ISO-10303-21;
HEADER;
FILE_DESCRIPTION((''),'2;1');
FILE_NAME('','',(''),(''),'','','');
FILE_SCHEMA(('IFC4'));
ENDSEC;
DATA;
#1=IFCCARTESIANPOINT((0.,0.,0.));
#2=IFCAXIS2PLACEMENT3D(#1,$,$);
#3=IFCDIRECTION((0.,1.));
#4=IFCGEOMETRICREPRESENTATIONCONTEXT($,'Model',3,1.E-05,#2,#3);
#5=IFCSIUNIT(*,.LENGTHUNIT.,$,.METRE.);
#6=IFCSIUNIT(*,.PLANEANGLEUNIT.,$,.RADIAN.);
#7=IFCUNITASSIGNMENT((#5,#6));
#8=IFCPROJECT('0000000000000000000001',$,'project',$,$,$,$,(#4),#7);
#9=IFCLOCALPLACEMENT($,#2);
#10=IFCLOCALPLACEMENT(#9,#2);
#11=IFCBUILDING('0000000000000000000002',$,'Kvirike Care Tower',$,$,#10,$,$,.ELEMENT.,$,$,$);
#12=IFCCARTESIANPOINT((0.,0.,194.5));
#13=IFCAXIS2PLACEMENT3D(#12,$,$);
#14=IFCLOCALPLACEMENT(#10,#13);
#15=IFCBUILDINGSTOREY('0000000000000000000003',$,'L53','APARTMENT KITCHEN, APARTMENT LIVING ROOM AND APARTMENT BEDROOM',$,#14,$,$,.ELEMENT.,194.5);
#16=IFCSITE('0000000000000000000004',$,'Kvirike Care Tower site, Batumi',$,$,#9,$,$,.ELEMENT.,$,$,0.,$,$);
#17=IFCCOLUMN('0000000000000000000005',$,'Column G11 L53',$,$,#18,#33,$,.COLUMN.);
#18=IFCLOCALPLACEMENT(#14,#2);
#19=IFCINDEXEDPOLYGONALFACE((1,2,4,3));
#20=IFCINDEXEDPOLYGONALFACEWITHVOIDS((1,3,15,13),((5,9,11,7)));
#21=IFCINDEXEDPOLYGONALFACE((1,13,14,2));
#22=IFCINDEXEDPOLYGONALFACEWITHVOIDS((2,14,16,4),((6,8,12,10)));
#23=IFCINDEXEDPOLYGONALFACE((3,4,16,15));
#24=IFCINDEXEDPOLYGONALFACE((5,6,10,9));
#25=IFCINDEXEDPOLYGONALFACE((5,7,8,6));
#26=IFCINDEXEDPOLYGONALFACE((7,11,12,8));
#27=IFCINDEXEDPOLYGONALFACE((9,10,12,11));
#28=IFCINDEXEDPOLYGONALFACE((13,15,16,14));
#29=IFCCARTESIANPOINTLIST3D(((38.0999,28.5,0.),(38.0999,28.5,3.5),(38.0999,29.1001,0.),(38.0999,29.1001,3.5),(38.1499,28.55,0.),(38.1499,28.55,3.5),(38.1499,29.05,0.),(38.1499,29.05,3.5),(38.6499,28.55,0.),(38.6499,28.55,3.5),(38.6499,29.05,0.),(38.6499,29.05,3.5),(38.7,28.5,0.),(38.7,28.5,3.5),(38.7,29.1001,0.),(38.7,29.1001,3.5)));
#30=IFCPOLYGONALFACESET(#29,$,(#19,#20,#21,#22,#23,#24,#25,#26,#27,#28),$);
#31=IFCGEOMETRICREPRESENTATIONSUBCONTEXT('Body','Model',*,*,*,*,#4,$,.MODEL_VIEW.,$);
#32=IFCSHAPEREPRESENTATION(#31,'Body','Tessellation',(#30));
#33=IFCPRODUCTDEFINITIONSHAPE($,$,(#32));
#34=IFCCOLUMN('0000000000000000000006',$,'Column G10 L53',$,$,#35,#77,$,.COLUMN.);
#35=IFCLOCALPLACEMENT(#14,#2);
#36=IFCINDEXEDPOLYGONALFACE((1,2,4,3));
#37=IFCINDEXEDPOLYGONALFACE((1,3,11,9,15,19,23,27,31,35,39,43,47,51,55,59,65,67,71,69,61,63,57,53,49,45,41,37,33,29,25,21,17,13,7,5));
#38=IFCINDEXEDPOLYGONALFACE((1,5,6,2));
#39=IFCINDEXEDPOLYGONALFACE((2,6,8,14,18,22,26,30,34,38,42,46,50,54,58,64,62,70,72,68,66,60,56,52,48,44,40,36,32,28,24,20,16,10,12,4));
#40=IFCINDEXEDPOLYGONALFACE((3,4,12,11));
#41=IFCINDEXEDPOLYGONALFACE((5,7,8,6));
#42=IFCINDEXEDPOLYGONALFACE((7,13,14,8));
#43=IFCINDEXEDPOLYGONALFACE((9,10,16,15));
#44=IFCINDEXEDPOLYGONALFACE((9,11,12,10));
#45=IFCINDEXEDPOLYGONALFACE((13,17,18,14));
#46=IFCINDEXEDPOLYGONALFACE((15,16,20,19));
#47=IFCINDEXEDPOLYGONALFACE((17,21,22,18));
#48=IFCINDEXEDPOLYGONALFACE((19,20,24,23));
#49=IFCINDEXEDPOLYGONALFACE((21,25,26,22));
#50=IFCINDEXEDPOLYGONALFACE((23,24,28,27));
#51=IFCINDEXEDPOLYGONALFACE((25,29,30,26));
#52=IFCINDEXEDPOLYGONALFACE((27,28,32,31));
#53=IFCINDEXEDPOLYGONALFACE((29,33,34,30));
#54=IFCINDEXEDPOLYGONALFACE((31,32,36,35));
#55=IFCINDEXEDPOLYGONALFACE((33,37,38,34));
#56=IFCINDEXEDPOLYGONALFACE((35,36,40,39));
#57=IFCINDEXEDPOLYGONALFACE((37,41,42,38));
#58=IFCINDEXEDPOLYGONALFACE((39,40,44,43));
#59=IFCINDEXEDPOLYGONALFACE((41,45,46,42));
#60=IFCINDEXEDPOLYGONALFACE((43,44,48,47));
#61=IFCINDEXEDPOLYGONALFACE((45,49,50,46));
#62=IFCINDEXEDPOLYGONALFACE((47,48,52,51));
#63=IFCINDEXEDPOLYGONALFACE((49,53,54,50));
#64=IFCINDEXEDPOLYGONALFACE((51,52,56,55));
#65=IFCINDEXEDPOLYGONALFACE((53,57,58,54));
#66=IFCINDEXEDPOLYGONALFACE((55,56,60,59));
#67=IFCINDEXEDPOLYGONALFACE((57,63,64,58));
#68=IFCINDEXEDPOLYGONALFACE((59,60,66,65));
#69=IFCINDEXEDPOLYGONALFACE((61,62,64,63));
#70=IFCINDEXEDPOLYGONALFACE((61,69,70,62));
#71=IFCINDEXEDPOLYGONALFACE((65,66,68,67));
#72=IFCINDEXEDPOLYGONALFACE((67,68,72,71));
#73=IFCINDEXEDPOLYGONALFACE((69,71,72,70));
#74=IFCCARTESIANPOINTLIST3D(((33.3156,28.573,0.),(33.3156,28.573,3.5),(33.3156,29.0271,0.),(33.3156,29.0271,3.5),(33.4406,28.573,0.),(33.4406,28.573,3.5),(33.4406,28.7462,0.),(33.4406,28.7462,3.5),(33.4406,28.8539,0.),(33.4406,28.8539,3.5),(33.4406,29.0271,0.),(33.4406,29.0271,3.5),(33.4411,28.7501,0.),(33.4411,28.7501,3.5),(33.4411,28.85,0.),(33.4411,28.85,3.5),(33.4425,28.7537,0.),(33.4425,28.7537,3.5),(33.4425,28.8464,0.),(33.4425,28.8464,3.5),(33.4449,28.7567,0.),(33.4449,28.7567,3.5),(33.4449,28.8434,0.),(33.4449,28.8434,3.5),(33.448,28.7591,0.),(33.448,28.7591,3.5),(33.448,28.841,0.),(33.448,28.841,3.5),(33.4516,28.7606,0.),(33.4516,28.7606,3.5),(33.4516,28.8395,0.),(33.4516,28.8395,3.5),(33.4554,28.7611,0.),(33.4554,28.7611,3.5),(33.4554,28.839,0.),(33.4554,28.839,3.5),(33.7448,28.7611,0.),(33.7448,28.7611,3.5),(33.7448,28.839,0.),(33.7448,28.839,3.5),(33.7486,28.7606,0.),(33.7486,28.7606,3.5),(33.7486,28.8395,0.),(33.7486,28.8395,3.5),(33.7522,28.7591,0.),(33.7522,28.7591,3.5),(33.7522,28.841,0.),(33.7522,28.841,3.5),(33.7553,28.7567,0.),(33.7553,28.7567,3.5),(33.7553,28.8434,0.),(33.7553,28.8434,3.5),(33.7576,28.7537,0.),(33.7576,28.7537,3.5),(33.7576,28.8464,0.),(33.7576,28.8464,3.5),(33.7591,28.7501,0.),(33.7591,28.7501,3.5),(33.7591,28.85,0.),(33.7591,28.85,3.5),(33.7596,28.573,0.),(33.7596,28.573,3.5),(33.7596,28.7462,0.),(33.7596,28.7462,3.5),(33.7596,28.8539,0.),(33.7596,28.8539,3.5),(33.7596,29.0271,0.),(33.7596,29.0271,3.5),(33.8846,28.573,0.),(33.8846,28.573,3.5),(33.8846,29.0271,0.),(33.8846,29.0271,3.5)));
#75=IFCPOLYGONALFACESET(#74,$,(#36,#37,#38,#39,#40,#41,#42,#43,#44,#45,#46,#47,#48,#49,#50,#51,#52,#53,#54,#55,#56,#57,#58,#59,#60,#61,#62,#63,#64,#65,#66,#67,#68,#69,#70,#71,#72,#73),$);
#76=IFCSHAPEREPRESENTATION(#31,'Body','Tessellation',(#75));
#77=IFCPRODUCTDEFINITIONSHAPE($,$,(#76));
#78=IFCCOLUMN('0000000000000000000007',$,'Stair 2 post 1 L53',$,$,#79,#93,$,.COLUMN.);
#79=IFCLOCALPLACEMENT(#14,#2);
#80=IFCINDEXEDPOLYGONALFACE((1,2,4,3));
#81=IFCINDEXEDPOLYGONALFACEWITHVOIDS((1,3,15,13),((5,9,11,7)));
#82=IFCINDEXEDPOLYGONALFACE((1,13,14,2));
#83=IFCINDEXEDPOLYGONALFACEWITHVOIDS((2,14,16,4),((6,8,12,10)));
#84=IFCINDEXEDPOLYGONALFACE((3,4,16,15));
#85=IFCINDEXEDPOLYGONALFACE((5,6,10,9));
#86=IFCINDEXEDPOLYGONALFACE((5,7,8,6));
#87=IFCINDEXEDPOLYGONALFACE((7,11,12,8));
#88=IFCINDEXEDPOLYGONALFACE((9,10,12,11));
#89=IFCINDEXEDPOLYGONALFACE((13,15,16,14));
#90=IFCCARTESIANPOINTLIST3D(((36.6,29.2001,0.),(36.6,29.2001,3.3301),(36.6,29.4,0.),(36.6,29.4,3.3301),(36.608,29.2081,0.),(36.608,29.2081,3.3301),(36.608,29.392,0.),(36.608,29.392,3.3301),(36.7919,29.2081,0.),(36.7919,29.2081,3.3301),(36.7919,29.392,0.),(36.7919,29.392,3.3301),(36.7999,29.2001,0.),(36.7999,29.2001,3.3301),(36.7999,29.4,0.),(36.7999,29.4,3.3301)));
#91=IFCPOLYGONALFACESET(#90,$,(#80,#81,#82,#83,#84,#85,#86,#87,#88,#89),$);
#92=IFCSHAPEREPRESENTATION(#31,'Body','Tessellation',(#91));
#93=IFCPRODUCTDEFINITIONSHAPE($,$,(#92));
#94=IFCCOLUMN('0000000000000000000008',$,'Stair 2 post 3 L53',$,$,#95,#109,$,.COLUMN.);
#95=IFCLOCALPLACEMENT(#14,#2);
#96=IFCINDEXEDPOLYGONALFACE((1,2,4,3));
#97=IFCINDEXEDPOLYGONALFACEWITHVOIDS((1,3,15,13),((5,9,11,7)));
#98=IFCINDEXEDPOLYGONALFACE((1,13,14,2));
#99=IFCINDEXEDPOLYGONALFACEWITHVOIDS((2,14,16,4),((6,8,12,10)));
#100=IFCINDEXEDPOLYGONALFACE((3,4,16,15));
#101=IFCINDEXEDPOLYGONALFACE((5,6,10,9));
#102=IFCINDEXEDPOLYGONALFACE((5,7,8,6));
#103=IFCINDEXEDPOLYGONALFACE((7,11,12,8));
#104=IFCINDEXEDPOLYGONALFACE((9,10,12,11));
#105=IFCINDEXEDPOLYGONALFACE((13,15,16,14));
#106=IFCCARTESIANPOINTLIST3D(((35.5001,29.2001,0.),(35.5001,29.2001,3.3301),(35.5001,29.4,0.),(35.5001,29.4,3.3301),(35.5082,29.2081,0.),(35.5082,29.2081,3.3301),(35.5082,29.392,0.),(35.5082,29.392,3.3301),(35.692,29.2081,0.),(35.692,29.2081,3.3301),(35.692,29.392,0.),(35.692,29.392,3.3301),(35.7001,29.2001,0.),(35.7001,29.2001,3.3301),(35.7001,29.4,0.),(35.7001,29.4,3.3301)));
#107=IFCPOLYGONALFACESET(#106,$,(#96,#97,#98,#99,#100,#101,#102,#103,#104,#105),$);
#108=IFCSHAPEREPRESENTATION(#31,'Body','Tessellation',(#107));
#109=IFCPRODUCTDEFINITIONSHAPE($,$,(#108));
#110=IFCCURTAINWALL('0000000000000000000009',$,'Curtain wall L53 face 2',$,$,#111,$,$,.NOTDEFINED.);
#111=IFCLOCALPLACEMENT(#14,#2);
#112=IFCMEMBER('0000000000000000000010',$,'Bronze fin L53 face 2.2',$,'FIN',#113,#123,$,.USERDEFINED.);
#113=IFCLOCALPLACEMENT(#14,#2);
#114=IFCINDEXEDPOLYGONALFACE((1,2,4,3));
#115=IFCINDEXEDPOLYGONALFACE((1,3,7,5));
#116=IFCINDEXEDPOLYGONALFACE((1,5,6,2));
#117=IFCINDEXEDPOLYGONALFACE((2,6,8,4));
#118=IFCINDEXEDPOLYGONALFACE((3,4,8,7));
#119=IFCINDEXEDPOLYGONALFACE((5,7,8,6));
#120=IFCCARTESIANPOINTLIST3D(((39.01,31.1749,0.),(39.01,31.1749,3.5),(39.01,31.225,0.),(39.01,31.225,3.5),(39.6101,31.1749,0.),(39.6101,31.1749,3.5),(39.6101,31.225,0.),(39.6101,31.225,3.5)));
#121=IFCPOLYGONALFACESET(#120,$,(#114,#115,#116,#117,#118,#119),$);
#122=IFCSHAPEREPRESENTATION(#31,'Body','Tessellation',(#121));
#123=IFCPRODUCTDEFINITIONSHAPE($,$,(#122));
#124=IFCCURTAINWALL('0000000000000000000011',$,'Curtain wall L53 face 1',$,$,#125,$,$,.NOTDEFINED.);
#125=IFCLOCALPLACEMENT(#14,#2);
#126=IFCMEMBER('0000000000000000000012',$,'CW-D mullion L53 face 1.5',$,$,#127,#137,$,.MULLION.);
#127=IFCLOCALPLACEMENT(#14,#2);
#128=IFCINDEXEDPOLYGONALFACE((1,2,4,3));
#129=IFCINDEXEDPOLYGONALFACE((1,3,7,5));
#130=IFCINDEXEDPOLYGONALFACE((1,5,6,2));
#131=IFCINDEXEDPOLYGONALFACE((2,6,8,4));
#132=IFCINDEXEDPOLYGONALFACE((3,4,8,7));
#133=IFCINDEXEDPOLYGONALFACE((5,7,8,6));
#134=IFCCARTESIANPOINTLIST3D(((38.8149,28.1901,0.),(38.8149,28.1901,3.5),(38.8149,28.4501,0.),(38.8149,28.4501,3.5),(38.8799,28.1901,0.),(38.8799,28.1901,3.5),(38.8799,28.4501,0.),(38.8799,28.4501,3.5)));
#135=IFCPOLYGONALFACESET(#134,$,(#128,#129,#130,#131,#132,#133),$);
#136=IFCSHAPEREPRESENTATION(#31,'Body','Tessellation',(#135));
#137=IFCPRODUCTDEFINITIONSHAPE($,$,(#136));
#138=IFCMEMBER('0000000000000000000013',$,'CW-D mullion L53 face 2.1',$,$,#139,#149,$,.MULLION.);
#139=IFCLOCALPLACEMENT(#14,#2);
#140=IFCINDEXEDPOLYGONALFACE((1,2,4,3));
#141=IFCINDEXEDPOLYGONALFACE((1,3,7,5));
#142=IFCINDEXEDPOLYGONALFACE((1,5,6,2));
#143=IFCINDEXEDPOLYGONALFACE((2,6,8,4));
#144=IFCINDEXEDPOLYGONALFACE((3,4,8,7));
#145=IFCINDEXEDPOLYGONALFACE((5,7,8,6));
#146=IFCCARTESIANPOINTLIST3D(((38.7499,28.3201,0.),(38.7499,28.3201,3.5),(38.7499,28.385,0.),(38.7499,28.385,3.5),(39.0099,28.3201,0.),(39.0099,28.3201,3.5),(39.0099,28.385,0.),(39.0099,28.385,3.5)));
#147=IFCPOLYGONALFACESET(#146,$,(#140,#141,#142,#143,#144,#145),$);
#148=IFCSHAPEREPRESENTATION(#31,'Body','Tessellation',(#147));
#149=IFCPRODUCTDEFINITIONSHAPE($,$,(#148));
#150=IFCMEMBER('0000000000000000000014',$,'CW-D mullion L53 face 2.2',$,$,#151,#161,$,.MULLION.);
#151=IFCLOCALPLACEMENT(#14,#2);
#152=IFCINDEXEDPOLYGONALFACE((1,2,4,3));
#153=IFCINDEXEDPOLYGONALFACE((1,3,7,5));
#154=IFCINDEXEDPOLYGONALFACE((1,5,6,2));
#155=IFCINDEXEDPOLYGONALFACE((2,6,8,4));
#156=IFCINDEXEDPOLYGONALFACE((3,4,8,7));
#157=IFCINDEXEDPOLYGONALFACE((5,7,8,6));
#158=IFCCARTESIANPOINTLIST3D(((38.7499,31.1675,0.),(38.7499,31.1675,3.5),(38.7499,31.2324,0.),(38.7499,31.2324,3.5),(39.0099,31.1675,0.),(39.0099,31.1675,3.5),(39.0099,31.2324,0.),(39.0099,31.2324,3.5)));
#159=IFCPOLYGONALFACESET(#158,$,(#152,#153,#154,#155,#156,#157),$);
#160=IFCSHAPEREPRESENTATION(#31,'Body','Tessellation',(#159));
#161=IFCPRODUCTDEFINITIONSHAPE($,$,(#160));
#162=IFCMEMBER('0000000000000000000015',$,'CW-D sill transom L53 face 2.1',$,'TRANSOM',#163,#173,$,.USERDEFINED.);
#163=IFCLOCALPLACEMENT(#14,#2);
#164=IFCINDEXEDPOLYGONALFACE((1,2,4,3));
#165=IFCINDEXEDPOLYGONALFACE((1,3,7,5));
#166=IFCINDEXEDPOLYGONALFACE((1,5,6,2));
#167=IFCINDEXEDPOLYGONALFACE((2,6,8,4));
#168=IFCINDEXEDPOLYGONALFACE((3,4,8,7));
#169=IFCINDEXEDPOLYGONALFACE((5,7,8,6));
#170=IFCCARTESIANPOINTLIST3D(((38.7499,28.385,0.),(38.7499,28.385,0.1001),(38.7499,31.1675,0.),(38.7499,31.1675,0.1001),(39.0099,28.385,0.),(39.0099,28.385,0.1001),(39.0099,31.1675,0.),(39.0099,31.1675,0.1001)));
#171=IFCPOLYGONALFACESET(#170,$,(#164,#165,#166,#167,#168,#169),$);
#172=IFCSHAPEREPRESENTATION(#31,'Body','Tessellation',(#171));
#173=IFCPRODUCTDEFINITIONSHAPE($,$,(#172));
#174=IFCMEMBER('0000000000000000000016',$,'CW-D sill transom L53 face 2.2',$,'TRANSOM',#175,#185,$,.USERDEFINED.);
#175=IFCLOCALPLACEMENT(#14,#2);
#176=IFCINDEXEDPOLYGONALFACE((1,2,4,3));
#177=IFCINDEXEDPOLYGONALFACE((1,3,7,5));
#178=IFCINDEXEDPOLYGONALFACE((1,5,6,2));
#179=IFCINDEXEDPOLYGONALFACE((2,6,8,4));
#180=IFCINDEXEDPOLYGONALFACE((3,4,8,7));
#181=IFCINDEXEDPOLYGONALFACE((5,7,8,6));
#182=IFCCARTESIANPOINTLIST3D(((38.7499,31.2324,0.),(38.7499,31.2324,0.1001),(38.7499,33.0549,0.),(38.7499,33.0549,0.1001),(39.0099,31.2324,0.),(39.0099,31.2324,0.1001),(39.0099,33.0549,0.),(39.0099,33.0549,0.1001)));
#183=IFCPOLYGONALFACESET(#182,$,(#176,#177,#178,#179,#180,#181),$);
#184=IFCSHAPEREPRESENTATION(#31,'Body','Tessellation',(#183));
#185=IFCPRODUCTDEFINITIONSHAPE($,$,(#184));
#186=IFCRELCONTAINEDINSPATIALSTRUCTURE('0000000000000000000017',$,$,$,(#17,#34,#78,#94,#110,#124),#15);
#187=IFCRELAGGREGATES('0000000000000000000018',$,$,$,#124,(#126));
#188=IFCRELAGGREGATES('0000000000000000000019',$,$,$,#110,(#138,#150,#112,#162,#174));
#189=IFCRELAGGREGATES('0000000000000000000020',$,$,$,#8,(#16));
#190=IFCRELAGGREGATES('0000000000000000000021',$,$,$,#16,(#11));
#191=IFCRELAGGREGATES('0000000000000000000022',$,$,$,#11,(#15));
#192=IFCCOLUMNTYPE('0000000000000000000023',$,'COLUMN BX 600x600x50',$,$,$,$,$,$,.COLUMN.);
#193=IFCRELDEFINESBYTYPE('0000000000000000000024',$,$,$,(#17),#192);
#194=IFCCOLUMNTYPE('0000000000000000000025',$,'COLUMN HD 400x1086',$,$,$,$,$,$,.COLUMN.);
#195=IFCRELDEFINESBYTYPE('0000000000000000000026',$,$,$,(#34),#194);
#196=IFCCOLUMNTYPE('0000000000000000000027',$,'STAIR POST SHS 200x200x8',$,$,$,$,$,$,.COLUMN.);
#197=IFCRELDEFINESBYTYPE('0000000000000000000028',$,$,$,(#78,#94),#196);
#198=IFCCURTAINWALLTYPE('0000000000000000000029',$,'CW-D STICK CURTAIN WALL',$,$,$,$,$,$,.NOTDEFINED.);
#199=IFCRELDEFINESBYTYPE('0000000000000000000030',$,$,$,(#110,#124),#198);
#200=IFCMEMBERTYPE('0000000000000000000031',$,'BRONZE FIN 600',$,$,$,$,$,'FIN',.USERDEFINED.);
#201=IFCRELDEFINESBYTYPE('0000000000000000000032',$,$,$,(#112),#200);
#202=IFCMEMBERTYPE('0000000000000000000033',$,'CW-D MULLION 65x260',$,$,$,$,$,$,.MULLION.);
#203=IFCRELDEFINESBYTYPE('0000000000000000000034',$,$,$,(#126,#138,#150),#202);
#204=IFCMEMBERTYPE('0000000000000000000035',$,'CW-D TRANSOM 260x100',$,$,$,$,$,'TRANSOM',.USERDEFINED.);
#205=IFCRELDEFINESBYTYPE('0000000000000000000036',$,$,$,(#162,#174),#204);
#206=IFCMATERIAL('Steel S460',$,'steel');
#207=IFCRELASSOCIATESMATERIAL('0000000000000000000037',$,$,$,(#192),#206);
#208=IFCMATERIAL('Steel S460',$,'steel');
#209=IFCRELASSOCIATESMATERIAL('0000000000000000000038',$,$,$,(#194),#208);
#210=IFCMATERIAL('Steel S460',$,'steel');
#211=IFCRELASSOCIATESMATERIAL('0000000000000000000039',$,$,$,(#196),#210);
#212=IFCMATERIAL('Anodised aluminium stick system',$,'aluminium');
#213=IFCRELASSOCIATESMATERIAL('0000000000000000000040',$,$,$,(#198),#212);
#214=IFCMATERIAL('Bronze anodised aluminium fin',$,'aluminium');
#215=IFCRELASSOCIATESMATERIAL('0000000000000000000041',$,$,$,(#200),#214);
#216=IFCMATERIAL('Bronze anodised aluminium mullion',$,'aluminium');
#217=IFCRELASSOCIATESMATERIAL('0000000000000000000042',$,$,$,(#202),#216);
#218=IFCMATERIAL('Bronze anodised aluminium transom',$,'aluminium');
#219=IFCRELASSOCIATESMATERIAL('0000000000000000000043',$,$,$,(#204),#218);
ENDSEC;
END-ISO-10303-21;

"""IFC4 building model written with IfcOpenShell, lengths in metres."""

from ifc_helpers import new_model, si_unit, direction, frame, origin, origin_2d, place, context, subcontext, project, spatial, rectangle, hollow_rectangle, i_section, extrude, material, material_profile, profile_set, type_object, element, aggregate, save


model = new_model("IFC4")

# Units and contexts
model_context = context("Model", 3, precision=1e-05, world=origin(), true_north=direction((0.0, 1.0)))
body_context = subcontext(model_context, "Body", "Model", "MODEL_VIEW")
ifc_project = project(units=[si_unit("LENGTHUNIT", "METRE"), si_unit("PLANEANGLEUNIT", "RADIAN")], contexts=[model_context])

# Site, building, storey
site_placement = place(None, origin())
site = spatial("IfcSite", under=ifc_project, at=site_placement, Name="Kvirike Care Tower site, Batumi", CompositionType="ELEMENT", RefElevation=0.0)
building_placement = place(site_placement, origin())
building = spatial("IfcBuilding", under=site, at=building_placement, Name="Kvirike Care Tower", CompositionType="ELEMENT")
storey_placement = place(building_placement, frame((0.0, 0.0, 194.5)))
storey = spatial("IfcBuildingStorey", under=building, at=storey_placement, Name="L53", Description="APARTMENT KITCHEN, APARTMENT LIVING ROOM AND APARTMENT BEDROOM", CompositionType="ELEMENT", Elevation=194.5)

# Columns
ifc_material_1 = material(Name="Steel S460", Category="steel")
ifc_material_profile_1 = material_profile(ifc_material_1, hollow_rectangle(XDim=0.6001, YDim=0.6001, WallThickness=0.05, at=origin_2d()), Name="BX 600x600x50")
ifc_profile_set_1 = profile_set([ifc_material_profile_1], Name="Steel S460")
column_type_1 = type_object("IfcColumnType", Name="COLUMN BX 600x600x50", PredefinedType="COLUMN", material=ifc_profile_set_1)
column_1_placement = place(storey_placement, frame((38.3999, 28.8, 0.0), z_axis=(0.0, 0.0, 1.0), x_axis=(0.0, 1.0, 0.0)))
element("IfcColumn", 1, at=column_1_placement, inside=storey, type_object=column_type_1, Name="Column G11 L53", PredefinedType="COLUMN", context=body_context, shape_type="SweptSolid", body=[
    extrude(hollow_rectangle(XDim=0.6001, YDim=0.6001, WallThickness=0.05, at=origin_2d()), origin(), (0.0, 0.0, 1.0), 3.5),
])
ifc_material_2 = material(Name="Steel S460", Category="steel")
ifc_material_profile_2 = material_profile(ifc_material_2, i_section(OverallWidth=0.4541, OverallDepth=0.5691, WebThickness=0.0779, FlangeThickness=0.125, FilletRadius=0.0149, at=origin_2d()), Name="HD 400x1086")
ifc_profile_set_2 = profile_set([ifc_material_profile_2], Name="Steel S460")
column_type_2 = type_object("IfcColumnType", Name="COLUMN HD 400x1086", PredefinedType="COLUMN", material=ifc_profile_set_2)
column_2_placement = place(storey_placement, frame((33.6001, 28.8, 0.0), z_axis=(0.0, 0.0, 1.0), x_axis=(0.0, 1.0, 0.0)))
element("IfcColumn", 2, at=column_2_placement, inside=storey, type_object=column_type_2, Name="Column G10 L53", PredefinedType="COLUMN", context=body_context, shape_type="SweptSolid", body=[
    extrude(i_section(OverallWidth=0.4541, OverallDepth=0.5691, WebThickness=0.0779, FlangeThickness=0.125, FilletRadius=0.0149, at=origin_2d()), origin(), (0.0, 0.0, 1.0), 3.5),
])
ifc_material_3 = material(Name="Steel S460", Category="steel")
ifc_material_profile_3 = material_profile(ifc_material_3, hollow_rectangle(XDim=0.2, YDim=0.2, WallThickness=0.0081, at=origin_2d()), Name="SHS 200x200x8")
ifc_profile_set_3 = profile_set([ifc_material_profile_3], Name="Steel S460")
column_type_3 = type_object("IfcColumnType", Name="STAIR POST SHS 200x200x8", PredefinedType="COLUMN", material=ifc_profile_set_3)
for number, where, z_axis, x_axis, name in (
    (3, (36.7, 29.3, 0.0), (0.0, 0.0, 1.0), (1.0, 0.0, 0.0), "Stair 2 post 1 L53"),
    (4, (35.6001, 29.3, 0.0), (0.0, 0.0, 1.0), (1.0, 0.0, 0.0), "Stair 2 post 3 L53"),
):
    element("IfcColumn", number, at=place(storey_placement, frame(where, z_axis=z_axis, x_axis=x_axis)), inside=storey, type_object=column_type_3, Name=name, PredefinedType="COLUMN", context=body_context, shape_type="SweptSolid", body=[
        extrude(hollow_rectangle(XDim=0.2, YDim=0.2, WallThickness=0.0081, at=origin_2d()), origin(), (0.0, 0.0, 1.0), 3.3301),
    ])

# Curtain walls, members
ifc_material_4 = material(Name="Anodised aluminium stick system", Category="aluminium")
curtain_wall_type = type_object("IfcCurtainWallType", Name="CW-D STICK CURTAIN WALL", PredefinedType="NOTDEFINED", material=ifc_material_4)
curtain_wall_1_placement = place(storey_placement, origin())
curtain_wall_1 = element("IfcCurtainWall", 5, at=curtain_wall_1_placement, inside=storey, type_object=curtain_wall_type, Name="Curtain wall L53 face 2", PredefinedType="NOTDEFINED")
ifc_material_5 = material(Name="Bronze anodised aluminium fin", Category="aluminium")
ifc_material_profile_4 = material_profile(ifc_material_5, rectangle(XDim=0.05, YDim=0.6001, at=origin_2d()), Name="BRONZE FIN 600")
ifc_profile_set_4 = profile_set([ifc_material_profile_4], Name="Bronze anodised aluminium fin")
member_type_1 = type_object("IfcMemberType", Name="BRONZE FIN 600", ElementType="FIN", PredefinedType="USERDEFINED", material=ifc_profile_set_4)
member_1_placement = place(storey_placement, frame((39.3101, 31.2, 0.0), z_axis=(0.0, 0.0, 1.0), x_axis=(0.0, 1.0, 0.0)))
member_1 = element("IfcMember", 6, at=member_1_placement, type_object=member_type_1, Name="Bronze fin L53 face 2.2", ObjectType="FIN", PredefinedType="USERDEFINED", context=body_context, shape_type="SweptSolid", body=[
    extrude(rectangle(XDim=0.05, YDim=0.6001, at=origin_2d()), origin(), (0.0, 0.0, 1.0), 3.5),
])
curtain_wall_2_placement = place(storey_placement, origin())
curtain_wall_2 = element("IfcCurtainWall", 7, at=curtain_wall_2_placement, inside=storey, type_object=curtain_wall_type, Name="Curtain wall L53 face 1", PredefinedType="NOTDEFINED")
ifc_material_6 = material(Name="Bronze anodised aluminium mullion", Category="aluminium")
ifc_material_profile_5 = material_profile(ifc_material_6, rectangle(XDim=0.0649, YDim=0.26, at=origin_2d()), Name="CW-D MULLION 65x260")
ifc_profile_set_5 = profile_set([ifc_material_profile_5], Name="Bronze anodised aluminium mullion")
member_type_2 = type_object("IfcMemberType", Name="CW-D MULLION 65x260", PredefinedType="MULLION", material=ifc_profile_set_5)
member_2_placement = place(storey_placement, frame((38.8474, 28.3201, 0.0), z_axis=(0.0, 0.0, 1.0), x_axis=(1.0, 0.0, 0.0)))
member_2 = element("IfcMember", 8, at=member_2_placement, type_object=member_type_2, Name="CW-D mullion L53 face 1.5", PredefinedType="MULLION", context=body_context, shape_type="SweptSolid", body=[
    extrude(rectangle(XDim=0.0649, YDim=0.26, at=origin_2d()), origin(), (0.0, 0.0, 1.0), 3.5),
])
aggregate(curtain_wall_2, [member_2])

# Members
member_3_placement = place(storey_placement, frame((38.8799, 28.3525, 0.0), z_axis=(0.0, 0.0, 1.0), x_axis=(0.0, 1.0, 0.0)))
member_3 = element("IfcMember", 9, at=member_3_placement, type_object=member_type_2, Name="CW-D mullion L53 face 2.1", PredefinedType="MULLION", context=body_context, shape_type="SweptSolid", body=[
    extrude(rectangle(XDim=0.0649, YDim=0.26, at=origin_2d()), origin(), (0.0, 0.0, 1.0), 3.5),
])
member_4_placement = place(storey_placement, frame((38.8799, 31.2, 0.0), z_axis=(0.0, 0.0, 1.0), x_axis=(0.0, 1.0, 0.0)))
member_4 = element("IfcMember", 10, at=member_4_placement, type_object=member_type_2, Name="CW-D mullion L53 face 2.2", PredefinedType="MULLION", context=body_context, shape_type="SweptSolid", body=[
    extrude(rectangle(XDim=0.0649, YDim=0.26, at=origin_2d()), origin(), (0.0, 0.0, 1.0), 3.5),
])
ifc_material_7 = material(Name="Bronze anodised aluminium transom", Category="aluminium")
ifc_material_profile_6 = material_profile(ifc_material_7, rectangle(XDim=0.26, YDim=0.1001, at=origin_2d()), Name="CW-D TRANSOM 260x100")
ifc_profile_set_6 = profile_set([ifc_material_profile_6], Name="Bronze anodised aluminium transom")
member_type_3 = type_object("IfcMemberType", Name="CW-D TRANSOM 260x100", ElementType="TRANSOM", PredefinedType="USERDEFINED", material=ifc_profile_set_6)
member_5_placement = place(storey_placement, frame((38.8799, 28.385, 0.05), z_axis=(0.0, 1.0, 0.0), x_axis=(-1.0, 0.0, 0.0)))
member_5 = element("IfcMember", 11, at=member_5_placement, type_object=member_type_3, Name="CW-D sill transom L53 face 2.1", ObjectType="TRANSOM", PredefinedType="USERDEFINED", context=body_context, shape_type="SweptSolid", body=[
    extrude(rectangle(XDim=0.26, YDim=0.1001, at=origin_2d()), origin(), (0.0, 0.0, 1.0), 2.7825),
])
member_6_placement = place(storey_placement, frame((38.8799, 31.2324, 0.05), z_axis=(0.0, 1.0, 0.0), x_axis=(-1.0, 0.0, 0.0)))
member_6 = element("IfcMember", 12, at=member_6_placement, type_object=member_type_3, Name="CW-D sill transom L53 face 2.2", ObjectType="TRANSOM", PredefinedType="USERDEFINED", context=body_context, shape_type="SweptSolid", body=[
    extrude(rectangle(XDim=0.26, YDim=0.1001, at=origin_2d()), origin(), (0.0, 0.0, 1.0), 1.8225),
])

aggregate(curtain_wall_1, [member_3, member_4, member_1, member_5, member_6])

save(model, "model.ifc")
